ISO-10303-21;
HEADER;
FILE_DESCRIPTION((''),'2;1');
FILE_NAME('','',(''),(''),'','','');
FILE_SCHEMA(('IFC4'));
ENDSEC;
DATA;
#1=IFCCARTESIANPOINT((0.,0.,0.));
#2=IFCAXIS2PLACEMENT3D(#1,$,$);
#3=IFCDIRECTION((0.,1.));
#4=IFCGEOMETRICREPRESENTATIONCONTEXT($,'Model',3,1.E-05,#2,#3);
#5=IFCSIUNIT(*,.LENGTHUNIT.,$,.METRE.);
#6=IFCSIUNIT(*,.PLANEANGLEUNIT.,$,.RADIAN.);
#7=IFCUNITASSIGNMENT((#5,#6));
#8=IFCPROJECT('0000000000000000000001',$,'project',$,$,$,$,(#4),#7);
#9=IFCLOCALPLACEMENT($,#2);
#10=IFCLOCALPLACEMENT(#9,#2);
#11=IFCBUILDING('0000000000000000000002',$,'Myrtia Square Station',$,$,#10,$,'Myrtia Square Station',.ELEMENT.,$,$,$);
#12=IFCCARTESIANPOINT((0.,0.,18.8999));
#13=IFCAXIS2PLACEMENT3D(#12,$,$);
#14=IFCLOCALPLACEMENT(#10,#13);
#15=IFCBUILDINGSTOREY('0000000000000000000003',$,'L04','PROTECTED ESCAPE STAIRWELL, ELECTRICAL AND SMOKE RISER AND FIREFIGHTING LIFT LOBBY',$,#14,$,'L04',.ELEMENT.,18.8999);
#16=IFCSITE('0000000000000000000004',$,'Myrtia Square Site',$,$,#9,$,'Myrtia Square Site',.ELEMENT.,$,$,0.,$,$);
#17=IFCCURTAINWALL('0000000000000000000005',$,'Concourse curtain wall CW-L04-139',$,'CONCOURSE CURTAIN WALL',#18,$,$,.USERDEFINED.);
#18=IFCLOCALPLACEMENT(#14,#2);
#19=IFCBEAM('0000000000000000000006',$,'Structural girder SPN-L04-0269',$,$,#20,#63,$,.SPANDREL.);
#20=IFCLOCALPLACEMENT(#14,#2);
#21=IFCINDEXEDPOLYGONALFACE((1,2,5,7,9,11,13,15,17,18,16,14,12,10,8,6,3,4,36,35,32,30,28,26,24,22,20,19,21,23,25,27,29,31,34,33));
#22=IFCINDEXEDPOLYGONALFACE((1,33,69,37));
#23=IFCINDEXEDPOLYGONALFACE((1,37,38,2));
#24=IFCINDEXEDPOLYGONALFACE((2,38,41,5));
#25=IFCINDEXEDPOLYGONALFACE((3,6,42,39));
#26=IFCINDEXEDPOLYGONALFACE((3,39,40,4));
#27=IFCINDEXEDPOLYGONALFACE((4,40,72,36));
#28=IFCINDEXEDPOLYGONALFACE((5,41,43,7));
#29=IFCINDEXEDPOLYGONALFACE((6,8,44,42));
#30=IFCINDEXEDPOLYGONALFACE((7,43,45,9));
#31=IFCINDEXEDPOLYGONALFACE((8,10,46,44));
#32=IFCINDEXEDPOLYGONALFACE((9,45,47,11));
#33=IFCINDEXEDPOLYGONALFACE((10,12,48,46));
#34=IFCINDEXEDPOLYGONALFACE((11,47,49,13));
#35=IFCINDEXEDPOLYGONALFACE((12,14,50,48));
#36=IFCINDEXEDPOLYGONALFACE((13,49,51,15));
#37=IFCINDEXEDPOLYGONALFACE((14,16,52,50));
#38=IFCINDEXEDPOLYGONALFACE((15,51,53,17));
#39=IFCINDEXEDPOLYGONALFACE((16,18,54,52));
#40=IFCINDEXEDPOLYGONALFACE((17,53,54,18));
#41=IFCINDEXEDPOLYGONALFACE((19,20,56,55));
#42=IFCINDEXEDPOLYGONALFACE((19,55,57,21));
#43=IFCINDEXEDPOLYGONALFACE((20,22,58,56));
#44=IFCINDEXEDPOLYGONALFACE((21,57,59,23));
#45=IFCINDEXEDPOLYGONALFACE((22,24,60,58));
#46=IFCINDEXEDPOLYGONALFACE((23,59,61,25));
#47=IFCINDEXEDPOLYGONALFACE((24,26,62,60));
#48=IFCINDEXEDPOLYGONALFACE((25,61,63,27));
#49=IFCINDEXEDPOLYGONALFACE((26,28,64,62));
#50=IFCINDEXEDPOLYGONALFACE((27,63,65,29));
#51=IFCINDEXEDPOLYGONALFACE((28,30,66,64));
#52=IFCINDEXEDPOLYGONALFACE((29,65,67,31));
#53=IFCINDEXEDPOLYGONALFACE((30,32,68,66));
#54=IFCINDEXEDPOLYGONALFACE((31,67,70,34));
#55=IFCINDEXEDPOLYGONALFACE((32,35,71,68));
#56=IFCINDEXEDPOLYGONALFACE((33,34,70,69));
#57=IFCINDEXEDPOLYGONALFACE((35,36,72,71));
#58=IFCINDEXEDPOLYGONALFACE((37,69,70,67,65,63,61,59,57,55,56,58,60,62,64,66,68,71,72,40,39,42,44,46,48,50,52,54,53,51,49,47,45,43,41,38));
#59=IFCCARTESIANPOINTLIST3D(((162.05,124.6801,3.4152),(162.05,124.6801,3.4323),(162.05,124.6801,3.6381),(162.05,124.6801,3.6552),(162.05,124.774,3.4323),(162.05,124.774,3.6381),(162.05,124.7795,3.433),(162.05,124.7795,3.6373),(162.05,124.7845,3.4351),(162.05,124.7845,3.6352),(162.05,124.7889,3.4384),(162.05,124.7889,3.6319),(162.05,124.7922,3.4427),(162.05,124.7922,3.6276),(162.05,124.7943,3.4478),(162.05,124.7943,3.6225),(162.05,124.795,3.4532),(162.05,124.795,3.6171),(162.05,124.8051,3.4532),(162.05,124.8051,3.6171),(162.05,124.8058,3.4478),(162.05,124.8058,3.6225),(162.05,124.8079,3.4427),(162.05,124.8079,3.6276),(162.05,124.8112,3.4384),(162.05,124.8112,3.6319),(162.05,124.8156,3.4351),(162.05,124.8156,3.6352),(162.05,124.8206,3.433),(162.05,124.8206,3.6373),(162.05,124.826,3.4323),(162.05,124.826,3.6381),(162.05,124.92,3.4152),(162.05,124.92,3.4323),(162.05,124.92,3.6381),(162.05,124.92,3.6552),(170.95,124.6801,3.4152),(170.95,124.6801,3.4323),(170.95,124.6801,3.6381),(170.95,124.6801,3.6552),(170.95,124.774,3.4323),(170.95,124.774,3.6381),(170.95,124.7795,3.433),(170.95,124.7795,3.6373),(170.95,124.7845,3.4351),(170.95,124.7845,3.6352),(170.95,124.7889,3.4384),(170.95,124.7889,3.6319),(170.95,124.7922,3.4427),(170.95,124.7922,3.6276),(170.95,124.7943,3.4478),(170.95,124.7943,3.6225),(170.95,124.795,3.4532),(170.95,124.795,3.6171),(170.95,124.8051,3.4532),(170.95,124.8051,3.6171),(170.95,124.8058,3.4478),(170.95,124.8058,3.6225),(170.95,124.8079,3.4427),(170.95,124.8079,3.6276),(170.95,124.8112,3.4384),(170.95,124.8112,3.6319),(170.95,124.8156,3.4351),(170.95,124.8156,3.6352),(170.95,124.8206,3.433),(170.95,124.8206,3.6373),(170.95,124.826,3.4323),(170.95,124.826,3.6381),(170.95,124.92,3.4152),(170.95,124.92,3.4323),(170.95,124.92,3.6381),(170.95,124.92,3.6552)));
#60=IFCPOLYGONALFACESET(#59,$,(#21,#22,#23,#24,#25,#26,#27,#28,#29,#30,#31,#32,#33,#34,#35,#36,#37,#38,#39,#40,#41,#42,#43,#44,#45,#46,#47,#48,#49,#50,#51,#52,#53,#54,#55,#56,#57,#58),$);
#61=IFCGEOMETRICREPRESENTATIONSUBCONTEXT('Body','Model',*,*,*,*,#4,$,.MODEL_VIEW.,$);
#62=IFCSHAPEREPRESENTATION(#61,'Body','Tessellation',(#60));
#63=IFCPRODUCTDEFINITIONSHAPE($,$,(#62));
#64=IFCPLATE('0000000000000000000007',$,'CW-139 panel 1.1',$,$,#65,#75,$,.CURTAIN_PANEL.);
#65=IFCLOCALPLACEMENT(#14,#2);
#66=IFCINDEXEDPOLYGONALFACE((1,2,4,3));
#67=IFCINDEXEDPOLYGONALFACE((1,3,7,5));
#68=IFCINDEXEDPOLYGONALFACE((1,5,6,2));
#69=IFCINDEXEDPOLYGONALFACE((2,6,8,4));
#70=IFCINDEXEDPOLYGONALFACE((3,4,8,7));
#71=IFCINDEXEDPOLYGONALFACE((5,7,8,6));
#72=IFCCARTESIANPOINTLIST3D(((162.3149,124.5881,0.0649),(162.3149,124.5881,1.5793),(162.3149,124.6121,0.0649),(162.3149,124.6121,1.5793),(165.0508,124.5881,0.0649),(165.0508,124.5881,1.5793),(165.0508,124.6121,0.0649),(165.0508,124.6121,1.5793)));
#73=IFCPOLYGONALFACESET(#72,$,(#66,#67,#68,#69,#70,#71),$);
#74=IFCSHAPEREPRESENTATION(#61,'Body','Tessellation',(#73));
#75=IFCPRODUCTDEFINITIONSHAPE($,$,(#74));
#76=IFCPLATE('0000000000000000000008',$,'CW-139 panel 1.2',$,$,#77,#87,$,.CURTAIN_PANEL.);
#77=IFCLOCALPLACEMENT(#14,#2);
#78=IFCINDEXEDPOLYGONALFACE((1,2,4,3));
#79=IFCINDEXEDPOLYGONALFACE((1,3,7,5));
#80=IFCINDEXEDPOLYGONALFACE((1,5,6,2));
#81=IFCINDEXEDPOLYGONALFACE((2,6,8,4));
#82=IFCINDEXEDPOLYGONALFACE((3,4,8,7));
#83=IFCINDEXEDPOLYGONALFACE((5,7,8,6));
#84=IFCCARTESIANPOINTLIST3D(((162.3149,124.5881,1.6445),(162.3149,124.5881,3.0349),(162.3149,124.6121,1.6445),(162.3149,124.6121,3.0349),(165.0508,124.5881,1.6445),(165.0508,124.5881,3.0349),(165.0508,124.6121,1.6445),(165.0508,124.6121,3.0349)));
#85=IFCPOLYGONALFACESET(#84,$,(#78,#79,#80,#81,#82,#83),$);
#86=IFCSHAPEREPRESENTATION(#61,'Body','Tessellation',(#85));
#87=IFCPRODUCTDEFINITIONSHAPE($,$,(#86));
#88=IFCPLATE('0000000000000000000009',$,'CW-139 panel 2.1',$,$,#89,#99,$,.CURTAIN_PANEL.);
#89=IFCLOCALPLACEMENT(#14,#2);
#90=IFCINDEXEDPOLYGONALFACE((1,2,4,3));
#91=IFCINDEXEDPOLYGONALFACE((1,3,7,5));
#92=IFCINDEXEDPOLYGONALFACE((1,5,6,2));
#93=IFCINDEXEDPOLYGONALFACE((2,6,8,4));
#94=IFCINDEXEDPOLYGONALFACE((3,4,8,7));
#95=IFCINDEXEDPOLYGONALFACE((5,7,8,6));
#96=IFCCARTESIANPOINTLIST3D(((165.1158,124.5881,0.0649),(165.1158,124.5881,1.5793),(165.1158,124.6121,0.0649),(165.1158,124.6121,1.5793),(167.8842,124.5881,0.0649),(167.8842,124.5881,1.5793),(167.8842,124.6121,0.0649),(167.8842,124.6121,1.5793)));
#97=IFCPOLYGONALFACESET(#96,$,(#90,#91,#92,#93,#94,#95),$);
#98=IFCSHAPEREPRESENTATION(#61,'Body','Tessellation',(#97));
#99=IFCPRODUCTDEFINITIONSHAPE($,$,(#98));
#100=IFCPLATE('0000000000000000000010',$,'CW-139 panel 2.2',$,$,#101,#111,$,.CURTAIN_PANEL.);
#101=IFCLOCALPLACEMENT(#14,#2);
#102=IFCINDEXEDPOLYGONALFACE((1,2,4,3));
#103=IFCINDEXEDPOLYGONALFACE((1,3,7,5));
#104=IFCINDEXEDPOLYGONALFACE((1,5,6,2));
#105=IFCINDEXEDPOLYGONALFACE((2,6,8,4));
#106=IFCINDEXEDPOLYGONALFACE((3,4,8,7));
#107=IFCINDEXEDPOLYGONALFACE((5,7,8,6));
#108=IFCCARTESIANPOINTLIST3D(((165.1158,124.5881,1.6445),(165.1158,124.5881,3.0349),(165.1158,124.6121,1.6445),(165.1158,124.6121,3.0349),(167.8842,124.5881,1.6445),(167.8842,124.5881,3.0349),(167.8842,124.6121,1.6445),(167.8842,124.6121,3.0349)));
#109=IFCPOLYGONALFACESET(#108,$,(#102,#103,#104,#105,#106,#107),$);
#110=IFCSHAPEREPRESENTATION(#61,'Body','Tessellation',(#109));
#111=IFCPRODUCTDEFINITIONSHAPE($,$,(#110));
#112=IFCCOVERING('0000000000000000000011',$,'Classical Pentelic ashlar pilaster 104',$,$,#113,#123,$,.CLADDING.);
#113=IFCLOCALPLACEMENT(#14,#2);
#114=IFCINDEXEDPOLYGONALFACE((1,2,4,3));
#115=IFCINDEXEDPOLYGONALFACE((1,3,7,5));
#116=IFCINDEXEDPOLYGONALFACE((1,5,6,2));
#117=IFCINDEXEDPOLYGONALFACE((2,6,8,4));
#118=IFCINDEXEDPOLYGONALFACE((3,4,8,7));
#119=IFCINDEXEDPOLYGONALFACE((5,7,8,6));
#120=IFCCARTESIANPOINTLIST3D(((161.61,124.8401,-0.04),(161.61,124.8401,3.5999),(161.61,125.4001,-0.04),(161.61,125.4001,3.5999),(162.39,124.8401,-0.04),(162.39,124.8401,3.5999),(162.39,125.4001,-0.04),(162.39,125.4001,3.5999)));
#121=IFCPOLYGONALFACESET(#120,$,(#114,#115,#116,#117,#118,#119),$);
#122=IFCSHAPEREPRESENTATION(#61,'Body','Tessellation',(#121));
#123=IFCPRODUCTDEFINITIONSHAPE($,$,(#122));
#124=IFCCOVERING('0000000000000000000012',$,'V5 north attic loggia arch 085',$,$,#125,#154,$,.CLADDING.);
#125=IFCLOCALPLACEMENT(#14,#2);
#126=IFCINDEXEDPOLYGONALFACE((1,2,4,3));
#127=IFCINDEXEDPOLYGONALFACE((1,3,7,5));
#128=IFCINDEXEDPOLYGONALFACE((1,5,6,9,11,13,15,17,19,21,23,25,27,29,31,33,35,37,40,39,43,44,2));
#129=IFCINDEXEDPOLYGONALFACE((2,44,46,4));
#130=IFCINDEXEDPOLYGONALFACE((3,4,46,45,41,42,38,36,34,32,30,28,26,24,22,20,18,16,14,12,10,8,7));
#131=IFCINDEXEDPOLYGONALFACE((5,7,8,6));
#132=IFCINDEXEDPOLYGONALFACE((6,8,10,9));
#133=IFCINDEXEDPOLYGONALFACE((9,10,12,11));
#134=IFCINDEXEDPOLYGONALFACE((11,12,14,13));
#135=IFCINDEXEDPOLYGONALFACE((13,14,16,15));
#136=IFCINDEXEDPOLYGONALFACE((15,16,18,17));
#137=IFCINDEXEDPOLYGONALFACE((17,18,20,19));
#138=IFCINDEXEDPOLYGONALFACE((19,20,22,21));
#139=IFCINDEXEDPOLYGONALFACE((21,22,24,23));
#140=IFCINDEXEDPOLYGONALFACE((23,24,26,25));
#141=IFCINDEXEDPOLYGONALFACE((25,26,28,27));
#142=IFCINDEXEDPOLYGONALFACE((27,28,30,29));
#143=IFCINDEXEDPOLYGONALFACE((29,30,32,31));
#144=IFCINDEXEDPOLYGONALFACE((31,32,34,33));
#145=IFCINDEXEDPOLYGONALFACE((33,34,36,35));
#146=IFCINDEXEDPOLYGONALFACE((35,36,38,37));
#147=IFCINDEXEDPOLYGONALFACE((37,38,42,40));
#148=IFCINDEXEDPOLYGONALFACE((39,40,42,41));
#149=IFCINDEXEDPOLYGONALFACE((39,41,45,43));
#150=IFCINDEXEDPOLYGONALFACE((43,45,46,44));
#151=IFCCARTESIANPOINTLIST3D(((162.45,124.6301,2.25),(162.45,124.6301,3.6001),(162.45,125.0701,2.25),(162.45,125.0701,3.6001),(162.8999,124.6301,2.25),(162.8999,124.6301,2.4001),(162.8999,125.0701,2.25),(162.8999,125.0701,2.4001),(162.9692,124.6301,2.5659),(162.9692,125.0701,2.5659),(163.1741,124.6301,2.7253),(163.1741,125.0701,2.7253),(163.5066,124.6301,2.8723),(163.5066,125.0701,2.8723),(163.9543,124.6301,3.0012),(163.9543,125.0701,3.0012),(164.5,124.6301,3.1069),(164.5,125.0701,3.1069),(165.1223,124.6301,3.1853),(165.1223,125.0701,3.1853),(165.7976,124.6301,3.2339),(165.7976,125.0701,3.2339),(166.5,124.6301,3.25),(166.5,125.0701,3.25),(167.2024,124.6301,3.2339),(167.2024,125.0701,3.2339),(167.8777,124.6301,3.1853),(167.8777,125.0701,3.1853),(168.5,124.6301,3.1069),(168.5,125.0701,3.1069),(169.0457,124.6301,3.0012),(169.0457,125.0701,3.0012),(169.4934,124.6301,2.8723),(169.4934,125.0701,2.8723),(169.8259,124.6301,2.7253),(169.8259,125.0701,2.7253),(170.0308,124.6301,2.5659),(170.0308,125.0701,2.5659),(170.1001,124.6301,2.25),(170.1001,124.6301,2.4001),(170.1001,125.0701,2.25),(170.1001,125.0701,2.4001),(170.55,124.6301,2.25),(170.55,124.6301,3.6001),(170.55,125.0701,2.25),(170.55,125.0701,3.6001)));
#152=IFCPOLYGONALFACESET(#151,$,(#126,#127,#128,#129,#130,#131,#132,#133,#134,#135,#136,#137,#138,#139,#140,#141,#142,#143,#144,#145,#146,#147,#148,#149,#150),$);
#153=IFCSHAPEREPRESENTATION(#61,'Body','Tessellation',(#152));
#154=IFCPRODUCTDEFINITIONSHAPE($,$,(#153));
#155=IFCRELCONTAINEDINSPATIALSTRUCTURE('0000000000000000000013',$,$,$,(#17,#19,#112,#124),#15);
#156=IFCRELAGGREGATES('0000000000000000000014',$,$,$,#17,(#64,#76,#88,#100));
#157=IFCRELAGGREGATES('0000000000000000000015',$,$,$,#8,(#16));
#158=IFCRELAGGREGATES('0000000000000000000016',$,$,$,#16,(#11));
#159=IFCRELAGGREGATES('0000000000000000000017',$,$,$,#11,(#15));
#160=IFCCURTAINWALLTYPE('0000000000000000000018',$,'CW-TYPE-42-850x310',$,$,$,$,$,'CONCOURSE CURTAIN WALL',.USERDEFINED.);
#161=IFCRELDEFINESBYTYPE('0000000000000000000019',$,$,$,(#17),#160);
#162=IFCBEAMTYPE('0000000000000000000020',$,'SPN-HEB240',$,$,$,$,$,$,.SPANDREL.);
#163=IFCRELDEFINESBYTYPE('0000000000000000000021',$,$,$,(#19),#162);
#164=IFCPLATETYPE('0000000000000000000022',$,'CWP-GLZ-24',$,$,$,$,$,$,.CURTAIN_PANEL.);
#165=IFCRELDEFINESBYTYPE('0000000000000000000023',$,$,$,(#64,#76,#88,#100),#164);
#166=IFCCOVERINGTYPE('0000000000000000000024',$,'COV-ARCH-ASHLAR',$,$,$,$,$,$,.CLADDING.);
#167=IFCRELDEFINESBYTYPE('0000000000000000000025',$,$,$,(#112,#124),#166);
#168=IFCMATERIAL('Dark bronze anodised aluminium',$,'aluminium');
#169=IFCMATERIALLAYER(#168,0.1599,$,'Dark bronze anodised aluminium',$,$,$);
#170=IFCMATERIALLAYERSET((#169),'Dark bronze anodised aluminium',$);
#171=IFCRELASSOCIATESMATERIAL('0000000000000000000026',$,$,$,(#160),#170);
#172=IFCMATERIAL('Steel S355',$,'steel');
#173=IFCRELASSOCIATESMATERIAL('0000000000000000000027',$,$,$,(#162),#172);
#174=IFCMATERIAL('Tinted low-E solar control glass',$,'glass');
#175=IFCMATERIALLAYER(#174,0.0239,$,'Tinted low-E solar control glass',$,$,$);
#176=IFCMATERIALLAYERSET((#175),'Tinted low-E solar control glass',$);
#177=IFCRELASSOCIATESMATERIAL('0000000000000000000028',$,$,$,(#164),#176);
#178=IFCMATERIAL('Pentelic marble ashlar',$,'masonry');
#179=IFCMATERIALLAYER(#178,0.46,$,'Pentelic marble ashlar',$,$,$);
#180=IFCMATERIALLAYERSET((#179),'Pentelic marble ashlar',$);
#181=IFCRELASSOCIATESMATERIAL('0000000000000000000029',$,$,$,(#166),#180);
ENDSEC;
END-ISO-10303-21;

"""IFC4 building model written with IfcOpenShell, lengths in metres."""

from ifc_helpers import new_model, si_unit, direction, frame, origin, origin_2d, place, context, subcontext, project, spatial, polyline, rectangle, i_section, outline, extrude, material, layer, layer_set, material_profile, profile_set, type_object, element, aggregate, save


model = new_model("IFC4")

# Units and contexts
model_context = context("Model", 3, precision=1e-05, world=origin(), true_north=direction((0.0, 1.0)))
body_context = subcontext(model_context, "Body", "Model", "MODEL_VIEW")
ifc_project = project(units=[si_unit("LENGTHUNIT", "METRE"), si_unit("PLANEANGLEUNIT", "RADIAN")], contexts=[model_context])

# Site, building, storey
site_placement = place(None, origin())
site = spatial("IfcSite", under=ifc_project, at=site_placement, Name="Myrtia Square Site", LongName="Myrtia Square Site", CompositionType="ELEMENT", RefElevation=0.0)
building_placement = place(site_placement, origin())
building = spatial("IfcBuilding", under=site, at=building_placement, Name="Myrtia Square Station", LongName="Myrtia Square Station", CompositionType="ELEMENT")
storey_placement = place(building_placement, frame((0.0, 0.0, 18.8999)))
storey = spatial("IfcBuildingStorey", under=building, at=storey_placement, Name="L04", Description="PROTECTED ESCAPE STAIRWELL, ELECTRICAL AND SMOKE RISER AND FIREFIGHTING LIFT LOBBY", LongName="L04", CompositionType="ELEMENT", Elevation=18.8999)

# Shared definitions
ifc_material_1 = material(Name="Steel S355", Category="steel")

# Shared definitions
ifc_material_2 = material(Name="Dark bronze anodised aluminium", Category="aluminium")
ifc_layer_1 = layer(ifc_material_2, 0.1599, Name="Dark bronze anodised aluminium")
ifc_layer_set_1 = layer_set([ifc_layer_1], Name="Dark bronze anodised aluminium")
curtain_wall_type = type_object("IfcCurtainWallType", Name="CW-TYPE-42-850x310", ElementType="CONCOURSE CURTAIN WALL", PredefinedType="USERDEFINED", material=ifc_layer_set_1)

# Curtain wall
curtain_wall_1_placement = place(storey_placement, origin())
curtain_wall_1 = element("IfcCurtainWall", 1, at=curtain_wall_1_placement, inside=storey, type_object=curtain_wall_type, Name="Concourse curtain wall CW-L04-139", ObjectType="CONCOURSE CURTAIN WALL", PredefinedType="USERDEFINED")

# Beam
ifc_material_profile_1 = material_profile(ifc_material_1, i_section(OverallWidth=0.24, OverallDepth=0.24, WebThickness=0.01, FlangeThickness=0.0171, FilletRadius=0.021, at=origin_2d()), Name="HEB 240")
ifc_profile_set_1 = profile_set([ifc_material_profile_1], Name="Steel S355")
beam_type = type_object("IfcBeamType", Name="SPN-HEB240", PredefinedType="SPANDREL", material=ifc_profile_set_1)
beam_placement = place(storey_placement, frame((162.05, 124.8, 3.5352), z_axis=(1.0, 0.0, 0.0), x_axis=(0.0, 1.0, 0.0)))
element("IfcBeam", 2, at=beam_placement, inside=storey, type_object=beam_type, Name="Structural girder SPN-L04-0269", PredefinedType="SPANDREL", context=body_context, shape_type="SweptSolid", body=[
    extrude(i_section(OverallWidth=0.24, OverallDepth=0.24, WebThickness=0.01, FlangeThickness=0.0171, FilletRadius=0.021, at=origin_2d()), origin(), (0.0, 0.0, 1.0), 8.8999),
])

# Plates
ifc_material_3 = material(Name="Tinted low-E solar control glass", Category="glass")
ifc_layer_2 = layer(ifc_material_3, 0.0239, Name="Tinted low-E solar control glass")
ifc_layer_set_2 = layer_set([ifc_layer_2], Name="Tinted low-E solar control glass")
plate_type = type_object("IfcPlateType", Name="CWP-GLZ-24", PredefinedType="CURTAIN_PANEL", material=ifc_layer_set_2)
plate_1_placement = place(storey_placement, frame((163.6829, 124.6001, 0.0649), z_axis=(0.0, 0.0, 1.0), x_axis=(1.0, 0.0, 0.0)))
plate_1 = element("IfcPlate", 3, at=plate_1_placement, type_object=plate_type, Name="CW-139 panel 1.1", PredefinedType="CURTAIN_PANEL", context=body_context, shape_type="SweptSolid", body=[
    extrude(rectangle(XDim=2.7358, YDim=0.0239, at=origin_2d()), origin(), (0.0, 0.0, 1.0), 1.5144),
])
plate_2_placement = place(storey_placement, frame((163.6829, 124.6001, 1.6445), z_axis=(0.0, 0.0, 1.0), x_axis=(1.0, 0.0, 0.0)))
plate_2 = element("IfcPlate", 4, at=plate_2_placement, type_object=plate_type, Name="CW-139 panel 1.2", PredefinedType="CURTAIN_PANEL", context=body_context, shape_type="SweptSolid", body=[
    extrude(rectangle(XDim=2.7358, YDim=0.0239, at=origin_2d()), origin(), (0.0, 0.0, 1.0), 1.3904),
])
plate_3_placement = place(storey_placement, frame((166.5, 124.6001, 0.0649), z_axis=(0.0, 0.0, 1.0), x_axis=(1.0, 0.0, 0.0)))
plate_3 = element("IfcPlate", 5, at=plate_3_placement, type_object=plate_type, Name="CW-139 panel 2.1", PredefinedType="CURTAIN_PANEL", context=body_context, shape_type="SweptSolid", body=[
    extrude(rectangle(XDim=2.7683, YDim=0.0239, at=origin_2d()), origin(), (0.0, 0.0, 1.0), 1.5144),
])
plate_4_placement = place(storey_placement, frame((166.5, 124.6001, 1.6445), z_axis=(0.0, 0.0, 1.0), x_axis=(1.0, 0.0, 0.0)))
plate_4 = element("IfcPlate", 6, at=plate_4_placement, type_object=plate_type, Name="CW-139 panel 2.2", PredefinedType="CURTAIN_PANEL", context=body_context, shape_type="SweptSolid", body=[
    extrude(rectangle(XDim=2.7683, YDim=0.0239, at=origin_2d()), origin(), (0.0, 0.0, 1.0), 1.3904),
])
aggregate(curtain_wall_1, [plate_1, plate_2, plate_3, plate_4])

# Coverings
ifc_material_4 = material(Name="Pentelic marble ashlar", Category="masonry")
ifc_layer_3 = layer(ifc_material_4, 0.46, Name="Pentelic marble ashlar")
ifc_layer_set_3 = layer_set([ifc_layer_3], Name="Pentelic marble ashlar")
covering_type = type_object("IfcCoveringType", Name="COV-ARCH-ASHLAR", PredefinedType="CLADDING", material=ifc_layer_set_3)
covering_1_placement = place(storey_placement, frame((162.0, 125.1201, -0.04), z_axis=(0.0, 0.0, 1.0), x_axis=(1.0, 0.0, 0.0)))
element("IfcCovering", 7, at=covering_1_placement, inside=storey, type_object=covering_type, Name="Classical Pentelic ashlar pilaster 104", PredefinedType="CLADDING", context=body_context, shape_type="SweptSolid", body=[
    extrude(rectangle(XDim=0.78, YDim=0.5601, at=origin_2d()), origin(), (0.0, 0.0, 1.0), 3.6399),
])
covering_2_placement = place(storey_placement, frame((162.45, 124.8501, 2.25), z_axis=(0.0, 0.0, 1.0), x_axis=(1.0, 0.0, 0.0)))
element("IfcCovering", 8, at=covering_2_placement, inside=storey, type_object=covering_type, Name="V5 north attic loggia arch 085", PredefinedType="CLADDING", context=body_context, shape_type="SweptSolid", body=[
    extrude(outline(polyline([(0.0, 0.0), (0.45, 0.0), (0.45, 0.1501), (0.5193, 0.3159), (0.7241, 0.4753), (1.0566, 0.6223), (1.5044, 0.7512), (2.05, 0.8569), (2.6724, 0.9353), (3.3477, 0.9839), (4.05, 1.0), (4.7524, 0.9839), (5.4277, 0.9353), (6.05, 0.8569), (6.5957, 0.7512), (7.0435, 0.6223), (7.376, 0.4753), (7.5808, 0.3159), (7.6501, 0.1501), (7.6501, 0.0), (8.1001, 0.0), (8.1001, 1.3501), (0.0, 1.3501), (0.0, 0.0)])), frame((0.0, 0.22, 0.0), z_axis=(0.0, -1.0, 0.0), x_axis=(1.0, 0.0, 0.0)), (0.0, 0.0, 1.0), 0.4399),
])

save(model, "model.ifc")
